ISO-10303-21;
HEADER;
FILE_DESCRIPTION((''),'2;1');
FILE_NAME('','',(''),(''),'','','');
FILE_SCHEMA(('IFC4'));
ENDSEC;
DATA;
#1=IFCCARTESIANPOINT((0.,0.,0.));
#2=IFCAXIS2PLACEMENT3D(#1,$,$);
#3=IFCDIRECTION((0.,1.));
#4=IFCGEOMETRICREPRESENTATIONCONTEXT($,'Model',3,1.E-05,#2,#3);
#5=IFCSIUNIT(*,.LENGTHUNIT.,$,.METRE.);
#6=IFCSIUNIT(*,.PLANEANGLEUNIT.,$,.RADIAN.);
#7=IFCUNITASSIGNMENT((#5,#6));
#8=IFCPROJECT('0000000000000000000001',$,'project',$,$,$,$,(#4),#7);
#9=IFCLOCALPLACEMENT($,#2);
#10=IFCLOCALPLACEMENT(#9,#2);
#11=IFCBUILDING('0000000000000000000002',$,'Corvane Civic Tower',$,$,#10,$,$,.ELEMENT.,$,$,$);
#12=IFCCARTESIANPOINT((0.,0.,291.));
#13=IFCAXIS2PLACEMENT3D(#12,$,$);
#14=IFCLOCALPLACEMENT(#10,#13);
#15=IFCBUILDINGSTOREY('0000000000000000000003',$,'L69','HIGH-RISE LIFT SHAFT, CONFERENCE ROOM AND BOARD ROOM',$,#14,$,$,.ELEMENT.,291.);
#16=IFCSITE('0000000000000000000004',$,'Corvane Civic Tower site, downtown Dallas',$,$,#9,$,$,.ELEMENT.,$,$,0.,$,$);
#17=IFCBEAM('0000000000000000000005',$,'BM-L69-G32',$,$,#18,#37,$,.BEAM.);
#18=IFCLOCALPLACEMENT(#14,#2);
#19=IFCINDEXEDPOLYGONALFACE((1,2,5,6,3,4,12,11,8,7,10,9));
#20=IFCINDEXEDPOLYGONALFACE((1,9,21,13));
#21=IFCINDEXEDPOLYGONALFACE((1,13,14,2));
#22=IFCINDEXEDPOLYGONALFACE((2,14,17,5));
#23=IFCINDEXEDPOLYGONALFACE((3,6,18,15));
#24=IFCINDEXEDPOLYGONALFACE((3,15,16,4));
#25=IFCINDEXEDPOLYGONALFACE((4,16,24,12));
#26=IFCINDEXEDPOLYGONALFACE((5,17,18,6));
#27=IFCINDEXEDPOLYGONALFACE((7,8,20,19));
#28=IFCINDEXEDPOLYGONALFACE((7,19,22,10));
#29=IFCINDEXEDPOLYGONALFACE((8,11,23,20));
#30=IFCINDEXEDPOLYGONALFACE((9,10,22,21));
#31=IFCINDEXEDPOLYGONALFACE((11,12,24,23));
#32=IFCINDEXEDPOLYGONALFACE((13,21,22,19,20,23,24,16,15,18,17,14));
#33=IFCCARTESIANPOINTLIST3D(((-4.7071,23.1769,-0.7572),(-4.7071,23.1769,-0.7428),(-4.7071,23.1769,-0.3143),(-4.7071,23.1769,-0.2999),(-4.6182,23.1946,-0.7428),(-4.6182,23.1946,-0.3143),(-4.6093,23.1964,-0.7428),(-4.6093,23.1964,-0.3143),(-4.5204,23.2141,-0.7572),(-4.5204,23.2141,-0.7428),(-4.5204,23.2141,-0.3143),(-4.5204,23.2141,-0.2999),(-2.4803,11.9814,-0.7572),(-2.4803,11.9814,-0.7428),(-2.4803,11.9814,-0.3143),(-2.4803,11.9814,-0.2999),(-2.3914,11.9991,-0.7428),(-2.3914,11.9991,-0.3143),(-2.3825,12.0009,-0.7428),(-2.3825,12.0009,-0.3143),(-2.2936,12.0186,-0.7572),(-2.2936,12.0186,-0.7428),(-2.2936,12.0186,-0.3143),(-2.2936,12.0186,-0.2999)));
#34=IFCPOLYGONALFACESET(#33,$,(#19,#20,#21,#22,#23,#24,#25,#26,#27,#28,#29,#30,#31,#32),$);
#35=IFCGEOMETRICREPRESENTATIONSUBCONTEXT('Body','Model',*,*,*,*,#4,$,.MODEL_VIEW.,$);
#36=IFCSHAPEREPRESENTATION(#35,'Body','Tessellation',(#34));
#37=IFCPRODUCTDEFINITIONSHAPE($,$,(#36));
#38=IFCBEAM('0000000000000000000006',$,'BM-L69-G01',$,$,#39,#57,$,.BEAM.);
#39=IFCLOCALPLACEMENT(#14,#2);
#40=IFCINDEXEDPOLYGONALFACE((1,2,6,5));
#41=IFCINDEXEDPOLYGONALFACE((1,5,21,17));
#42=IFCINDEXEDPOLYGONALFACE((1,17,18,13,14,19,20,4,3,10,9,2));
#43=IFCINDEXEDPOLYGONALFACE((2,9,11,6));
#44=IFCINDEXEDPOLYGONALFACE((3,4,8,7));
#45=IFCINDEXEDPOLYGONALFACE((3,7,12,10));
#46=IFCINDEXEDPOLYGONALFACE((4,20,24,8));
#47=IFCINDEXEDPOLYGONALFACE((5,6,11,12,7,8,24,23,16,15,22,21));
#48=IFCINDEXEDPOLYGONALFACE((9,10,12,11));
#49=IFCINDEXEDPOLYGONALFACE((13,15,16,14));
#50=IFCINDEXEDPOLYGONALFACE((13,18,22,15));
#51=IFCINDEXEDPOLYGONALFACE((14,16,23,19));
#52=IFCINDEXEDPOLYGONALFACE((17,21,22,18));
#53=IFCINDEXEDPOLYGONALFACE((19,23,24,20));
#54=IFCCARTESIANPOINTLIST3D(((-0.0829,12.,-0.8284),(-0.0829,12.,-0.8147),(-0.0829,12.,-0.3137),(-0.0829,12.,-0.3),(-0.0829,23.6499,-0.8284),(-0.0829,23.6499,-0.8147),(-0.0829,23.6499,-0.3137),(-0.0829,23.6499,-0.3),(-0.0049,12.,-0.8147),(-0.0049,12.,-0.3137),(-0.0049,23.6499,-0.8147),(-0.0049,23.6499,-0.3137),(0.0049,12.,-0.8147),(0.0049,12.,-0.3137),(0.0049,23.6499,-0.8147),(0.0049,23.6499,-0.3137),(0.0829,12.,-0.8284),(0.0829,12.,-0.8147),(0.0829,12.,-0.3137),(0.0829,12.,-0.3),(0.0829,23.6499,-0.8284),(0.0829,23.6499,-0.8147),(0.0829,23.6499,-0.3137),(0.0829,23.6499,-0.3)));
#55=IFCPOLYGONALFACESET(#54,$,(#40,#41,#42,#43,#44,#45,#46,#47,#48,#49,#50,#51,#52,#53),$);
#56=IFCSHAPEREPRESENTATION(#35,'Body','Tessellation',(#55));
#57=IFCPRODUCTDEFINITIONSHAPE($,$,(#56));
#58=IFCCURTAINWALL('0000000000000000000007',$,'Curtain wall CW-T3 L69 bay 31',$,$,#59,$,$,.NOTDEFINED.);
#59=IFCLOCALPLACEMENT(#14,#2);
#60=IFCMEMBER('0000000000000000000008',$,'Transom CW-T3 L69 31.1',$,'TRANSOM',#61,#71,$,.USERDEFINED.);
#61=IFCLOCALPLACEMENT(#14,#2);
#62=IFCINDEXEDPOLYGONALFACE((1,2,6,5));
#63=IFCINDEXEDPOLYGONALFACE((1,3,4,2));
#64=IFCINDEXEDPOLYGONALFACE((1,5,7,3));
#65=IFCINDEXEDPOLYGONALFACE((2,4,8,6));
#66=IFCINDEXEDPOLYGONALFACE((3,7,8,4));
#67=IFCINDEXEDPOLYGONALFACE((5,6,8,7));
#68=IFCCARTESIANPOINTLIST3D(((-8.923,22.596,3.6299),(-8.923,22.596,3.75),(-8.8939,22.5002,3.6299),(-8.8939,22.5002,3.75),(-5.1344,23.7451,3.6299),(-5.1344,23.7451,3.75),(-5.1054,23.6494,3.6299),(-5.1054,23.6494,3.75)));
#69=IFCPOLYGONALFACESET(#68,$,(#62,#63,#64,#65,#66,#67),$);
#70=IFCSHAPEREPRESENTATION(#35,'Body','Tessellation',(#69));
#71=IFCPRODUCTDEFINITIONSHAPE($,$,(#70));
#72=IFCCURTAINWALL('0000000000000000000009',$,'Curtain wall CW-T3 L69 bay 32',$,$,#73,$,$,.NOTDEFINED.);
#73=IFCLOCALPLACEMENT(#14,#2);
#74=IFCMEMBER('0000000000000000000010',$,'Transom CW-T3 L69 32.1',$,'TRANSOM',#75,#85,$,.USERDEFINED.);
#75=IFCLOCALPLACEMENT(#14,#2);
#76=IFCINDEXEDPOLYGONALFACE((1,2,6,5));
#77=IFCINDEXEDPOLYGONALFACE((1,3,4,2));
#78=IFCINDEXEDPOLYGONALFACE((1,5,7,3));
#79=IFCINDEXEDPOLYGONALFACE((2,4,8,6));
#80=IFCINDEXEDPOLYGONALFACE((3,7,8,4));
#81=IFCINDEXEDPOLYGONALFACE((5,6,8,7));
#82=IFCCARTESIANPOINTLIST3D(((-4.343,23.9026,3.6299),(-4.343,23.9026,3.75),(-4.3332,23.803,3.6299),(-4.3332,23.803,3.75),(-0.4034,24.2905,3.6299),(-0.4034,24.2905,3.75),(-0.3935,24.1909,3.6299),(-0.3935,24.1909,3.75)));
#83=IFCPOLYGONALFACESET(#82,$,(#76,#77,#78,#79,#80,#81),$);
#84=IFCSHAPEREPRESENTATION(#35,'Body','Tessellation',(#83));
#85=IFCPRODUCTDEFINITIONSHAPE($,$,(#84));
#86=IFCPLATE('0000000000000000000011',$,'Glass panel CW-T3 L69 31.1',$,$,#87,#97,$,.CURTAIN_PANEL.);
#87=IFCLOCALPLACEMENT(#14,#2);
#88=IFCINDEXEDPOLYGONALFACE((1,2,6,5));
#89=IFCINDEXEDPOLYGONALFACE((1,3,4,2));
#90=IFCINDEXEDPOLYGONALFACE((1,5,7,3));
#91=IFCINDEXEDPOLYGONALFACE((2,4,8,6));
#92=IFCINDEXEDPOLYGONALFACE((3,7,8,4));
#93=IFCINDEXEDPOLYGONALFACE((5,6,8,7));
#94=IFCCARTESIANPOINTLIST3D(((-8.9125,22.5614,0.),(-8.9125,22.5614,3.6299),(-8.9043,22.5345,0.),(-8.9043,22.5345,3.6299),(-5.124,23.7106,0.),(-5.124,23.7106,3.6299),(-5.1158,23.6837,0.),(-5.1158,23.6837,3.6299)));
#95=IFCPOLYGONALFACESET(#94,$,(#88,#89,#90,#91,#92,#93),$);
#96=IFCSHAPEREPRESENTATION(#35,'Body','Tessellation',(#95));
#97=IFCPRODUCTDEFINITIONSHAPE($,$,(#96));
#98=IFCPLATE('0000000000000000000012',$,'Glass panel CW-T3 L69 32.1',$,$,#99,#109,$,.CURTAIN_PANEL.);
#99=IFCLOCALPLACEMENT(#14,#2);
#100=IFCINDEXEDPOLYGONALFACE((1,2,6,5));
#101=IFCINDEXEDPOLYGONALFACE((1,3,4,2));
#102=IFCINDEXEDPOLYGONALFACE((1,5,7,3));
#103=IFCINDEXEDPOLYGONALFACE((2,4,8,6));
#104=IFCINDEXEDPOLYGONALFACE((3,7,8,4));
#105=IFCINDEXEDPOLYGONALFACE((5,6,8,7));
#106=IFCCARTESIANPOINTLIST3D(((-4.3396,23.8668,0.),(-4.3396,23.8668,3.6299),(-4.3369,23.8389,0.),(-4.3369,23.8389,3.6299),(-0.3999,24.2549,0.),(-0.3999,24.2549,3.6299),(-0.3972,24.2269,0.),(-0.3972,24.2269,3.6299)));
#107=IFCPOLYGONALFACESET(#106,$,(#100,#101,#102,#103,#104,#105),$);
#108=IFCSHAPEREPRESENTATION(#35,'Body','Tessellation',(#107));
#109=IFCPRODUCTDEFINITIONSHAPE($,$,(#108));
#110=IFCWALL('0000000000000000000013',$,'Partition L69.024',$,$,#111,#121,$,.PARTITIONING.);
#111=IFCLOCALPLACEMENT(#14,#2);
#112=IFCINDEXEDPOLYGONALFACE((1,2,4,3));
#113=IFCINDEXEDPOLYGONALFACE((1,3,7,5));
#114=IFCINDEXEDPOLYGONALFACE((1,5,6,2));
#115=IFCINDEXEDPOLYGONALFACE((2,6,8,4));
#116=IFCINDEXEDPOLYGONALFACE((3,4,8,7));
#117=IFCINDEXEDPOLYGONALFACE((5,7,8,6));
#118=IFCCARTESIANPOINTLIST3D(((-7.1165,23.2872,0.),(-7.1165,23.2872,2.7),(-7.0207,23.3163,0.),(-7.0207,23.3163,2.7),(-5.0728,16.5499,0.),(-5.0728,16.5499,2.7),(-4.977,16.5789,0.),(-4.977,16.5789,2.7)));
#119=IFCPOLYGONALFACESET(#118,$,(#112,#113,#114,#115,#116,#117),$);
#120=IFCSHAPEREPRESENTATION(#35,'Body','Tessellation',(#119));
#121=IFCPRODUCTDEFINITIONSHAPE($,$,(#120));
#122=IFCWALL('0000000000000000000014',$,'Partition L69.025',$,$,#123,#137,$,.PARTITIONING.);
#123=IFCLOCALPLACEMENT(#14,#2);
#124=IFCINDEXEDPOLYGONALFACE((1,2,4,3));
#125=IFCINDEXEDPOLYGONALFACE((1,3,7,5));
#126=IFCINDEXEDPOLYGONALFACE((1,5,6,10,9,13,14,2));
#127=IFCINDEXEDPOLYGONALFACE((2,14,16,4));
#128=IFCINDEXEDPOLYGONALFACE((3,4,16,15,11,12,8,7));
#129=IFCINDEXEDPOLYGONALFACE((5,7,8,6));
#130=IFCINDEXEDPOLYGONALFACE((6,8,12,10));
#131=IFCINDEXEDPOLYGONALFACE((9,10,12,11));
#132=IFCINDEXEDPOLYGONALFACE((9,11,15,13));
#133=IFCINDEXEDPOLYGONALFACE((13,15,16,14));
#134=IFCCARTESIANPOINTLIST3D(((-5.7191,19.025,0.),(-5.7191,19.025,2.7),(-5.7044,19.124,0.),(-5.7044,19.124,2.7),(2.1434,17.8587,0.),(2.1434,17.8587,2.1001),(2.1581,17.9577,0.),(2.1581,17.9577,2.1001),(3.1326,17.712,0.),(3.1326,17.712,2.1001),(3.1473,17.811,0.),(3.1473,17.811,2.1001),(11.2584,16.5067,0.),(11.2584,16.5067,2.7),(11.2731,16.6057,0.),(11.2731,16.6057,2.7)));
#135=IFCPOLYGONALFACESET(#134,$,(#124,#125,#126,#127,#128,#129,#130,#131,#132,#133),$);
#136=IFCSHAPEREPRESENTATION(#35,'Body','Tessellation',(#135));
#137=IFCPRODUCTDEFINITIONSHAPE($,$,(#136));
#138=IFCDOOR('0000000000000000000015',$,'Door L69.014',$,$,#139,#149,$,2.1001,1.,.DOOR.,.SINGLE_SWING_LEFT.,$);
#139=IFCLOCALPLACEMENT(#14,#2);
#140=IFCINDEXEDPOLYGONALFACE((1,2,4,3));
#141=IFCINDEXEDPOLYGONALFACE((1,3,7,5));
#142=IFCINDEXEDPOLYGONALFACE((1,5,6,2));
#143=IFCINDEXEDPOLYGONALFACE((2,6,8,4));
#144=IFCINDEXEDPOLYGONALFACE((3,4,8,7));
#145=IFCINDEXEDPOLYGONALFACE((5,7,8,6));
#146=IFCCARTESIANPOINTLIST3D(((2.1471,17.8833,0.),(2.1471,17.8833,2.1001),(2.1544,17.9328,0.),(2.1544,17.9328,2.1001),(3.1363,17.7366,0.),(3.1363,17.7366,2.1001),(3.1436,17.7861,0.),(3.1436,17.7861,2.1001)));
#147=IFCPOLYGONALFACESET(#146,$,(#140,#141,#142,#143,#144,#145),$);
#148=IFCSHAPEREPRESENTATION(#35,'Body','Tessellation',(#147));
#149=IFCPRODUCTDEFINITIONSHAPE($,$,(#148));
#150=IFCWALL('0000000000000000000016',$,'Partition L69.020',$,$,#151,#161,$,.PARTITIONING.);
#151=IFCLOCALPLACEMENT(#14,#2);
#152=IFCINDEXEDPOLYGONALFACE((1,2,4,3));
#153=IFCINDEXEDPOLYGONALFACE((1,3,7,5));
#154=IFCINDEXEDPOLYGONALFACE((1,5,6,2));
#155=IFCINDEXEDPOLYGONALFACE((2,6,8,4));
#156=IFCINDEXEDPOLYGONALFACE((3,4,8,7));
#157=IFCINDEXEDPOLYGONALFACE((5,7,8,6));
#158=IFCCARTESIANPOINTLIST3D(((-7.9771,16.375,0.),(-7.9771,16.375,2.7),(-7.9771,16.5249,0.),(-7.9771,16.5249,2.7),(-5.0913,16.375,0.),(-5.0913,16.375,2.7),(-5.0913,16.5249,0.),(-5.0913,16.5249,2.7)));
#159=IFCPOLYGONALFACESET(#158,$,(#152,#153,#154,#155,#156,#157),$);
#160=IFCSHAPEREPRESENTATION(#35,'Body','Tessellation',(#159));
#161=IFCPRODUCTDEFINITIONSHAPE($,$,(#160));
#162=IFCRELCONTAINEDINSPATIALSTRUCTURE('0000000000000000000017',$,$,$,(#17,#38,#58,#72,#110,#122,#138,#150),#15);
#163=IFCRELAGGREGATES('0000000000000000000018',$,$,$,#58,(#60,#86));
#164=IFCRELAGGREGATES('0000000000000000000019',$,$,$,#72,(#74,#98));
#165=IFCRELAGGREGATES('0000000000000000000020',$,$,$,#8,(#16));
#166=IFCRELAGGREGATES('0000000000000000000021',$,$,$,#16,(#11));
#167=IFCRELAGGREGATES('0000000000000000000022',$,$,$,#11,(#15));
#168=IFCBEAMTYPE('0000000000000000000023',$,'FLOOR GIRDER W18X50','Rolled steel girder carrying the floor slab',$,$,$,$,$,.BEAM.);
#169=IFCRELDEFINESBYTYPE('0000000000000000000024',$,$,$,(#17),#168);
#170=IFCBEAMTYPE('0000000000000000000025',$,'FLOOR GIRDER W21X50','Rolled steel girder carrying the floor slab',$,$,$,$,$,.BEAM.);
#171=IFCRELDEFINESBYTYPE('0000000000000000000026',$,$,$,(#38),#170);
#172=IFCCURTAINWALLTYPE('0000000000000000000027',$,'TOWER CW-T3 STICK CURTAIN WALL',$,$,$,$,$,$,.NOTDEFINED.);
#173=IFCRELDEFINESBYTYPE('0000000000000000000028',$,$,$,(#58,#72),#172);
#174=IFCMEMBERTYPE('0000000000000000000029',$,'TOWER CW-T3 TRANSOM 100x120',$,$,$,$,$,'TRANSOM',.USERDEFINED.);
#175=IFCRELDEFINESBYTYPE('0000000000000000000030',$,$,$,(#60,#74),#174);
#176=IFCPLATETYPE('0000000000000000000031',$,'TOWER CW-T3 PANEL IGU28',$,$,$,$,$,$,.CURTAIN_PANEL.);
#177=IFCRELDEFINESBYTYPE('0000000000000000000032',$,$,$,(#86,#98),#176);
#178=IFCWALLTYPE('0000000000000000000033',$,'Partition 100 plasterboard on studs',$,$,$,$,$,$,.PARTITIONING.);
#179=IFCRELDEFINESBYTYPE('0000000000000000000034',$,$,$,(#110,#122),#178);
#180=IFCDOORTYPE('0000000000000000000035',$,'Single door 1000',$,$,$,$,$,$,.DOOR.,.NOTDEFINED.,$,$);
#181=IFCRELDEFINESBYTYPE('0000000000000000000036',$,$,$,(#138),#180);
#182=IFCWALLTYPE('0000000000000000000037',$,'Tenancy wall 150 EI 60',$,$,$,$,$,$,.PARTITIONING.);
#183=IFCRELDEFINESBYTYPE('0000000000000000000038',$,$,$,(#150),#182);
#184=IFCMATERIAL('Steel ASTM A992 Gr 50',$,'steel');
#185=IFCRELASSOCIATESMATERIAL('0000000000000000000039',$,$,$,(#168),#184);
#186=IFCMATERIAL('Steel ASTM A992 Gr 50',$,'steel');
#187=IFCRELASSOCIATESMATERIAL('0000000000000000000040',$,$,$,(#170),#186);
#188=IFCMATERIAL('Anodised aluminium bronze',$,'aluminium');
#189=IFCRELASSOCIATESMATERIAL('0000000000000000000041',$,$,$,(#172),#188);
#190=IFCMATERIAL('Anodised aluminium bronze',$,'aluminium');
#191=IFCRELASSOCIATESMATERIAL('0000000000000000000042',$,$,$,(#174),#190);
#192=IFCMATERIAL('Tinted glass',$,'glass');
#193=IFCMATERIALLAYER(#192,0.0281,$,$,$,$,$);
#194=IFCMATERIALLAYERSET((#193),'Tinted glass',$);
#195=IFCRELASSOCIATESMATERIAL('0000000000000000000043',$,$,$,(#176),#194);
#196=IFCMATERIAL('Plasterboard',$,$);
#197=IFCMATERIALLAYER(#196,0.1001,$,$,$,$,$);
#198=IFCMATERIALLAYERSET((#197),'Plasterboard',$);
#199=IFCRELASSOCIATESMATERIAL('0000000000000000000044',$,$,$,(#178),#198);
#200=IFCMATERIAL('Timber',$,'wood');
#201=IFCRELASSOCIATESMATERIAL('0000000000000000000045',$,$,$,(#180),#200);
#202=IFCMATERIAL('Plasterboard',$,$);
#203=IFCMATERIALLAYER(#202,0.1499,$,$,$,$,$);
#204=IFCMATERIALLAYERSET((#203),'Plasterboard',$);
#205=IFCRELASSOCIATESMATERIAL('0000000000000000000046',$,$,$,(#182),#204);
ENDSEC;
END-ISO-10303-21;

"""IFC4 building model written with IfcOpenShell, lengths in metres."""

from ifc_helpers import new_model, si_unit, direction, frame, frame_2d, origin, origin_2d, place, context, subcontext, project, spatial, rectangle, i_section, extrude, material, layer, layer_set, material_profile, profile_set, type_object, element, fill, aggregate, save


model = new_model("IFC4")

# Units and contexts
model_context = context("Model", 3, precision=1e-05, world=origin(), true_north=direction((0.0, 1.0)))
body_context = subcontext(model_context, "Body", "Model", "MODEL_VIEW")
ifc_project = project(units=[si_unit("LENGTHUNIT", "METRE"), si_unit("PLANEANGLEUNIT", "RADIAN")], contexts=[model_context])

# Site, building, storey
site_placement = place(None, origin())
site = spatial("IfcSite", under=ifc_project, at=site_placement, Name="Corvane Civic Tower site, downtown Dallas", CompositionType="ELEMENT", RefElevation=0.0)
building_placement = place(site_placement, origin())
building = spatial("IfcBuilding", under=site, at=building_placement, Name="Corvane Civic Tower", CompositionType="ELEMENT")
storey_placement = place(building_placement, frame((0.0, 0.0, 291.0)))
storey = spatial("IfcBuildingStorey", under=building, at=storey_placement, Name="L69", Description="HIGH-RISE LIFT SHAFT, CONFERENCE ROOM AND BOARD ROOM", CompositionType="ELEMENT", Elevation=291.0)

# Beams
ifc_material_1 = material(Name="Steel ASTM A992 Gr 50", Category="steel")
ifc_material_profile_1 = material_profile(ifc_material_1, i_section(OverallWidth=0.1904, OverallDepth=0.4573, WebThickness=0.009, FlangeThickness=0.0144, at=origin_2d()), Name="W18X50")
ifc_profile_set_1 = profile_set([ifc_material_profile_1], Name="Steel ASTM A992 Gr 50")
beam_type_1 = type_object("IfcBeamType", Name="FLOOR GIRDER W18X50", Description="Rolled steel girder carrying the floor slab", PredefinedType="BEAM", material=ifc_profile_set_1)
beam_1_placement = place(storey_placement, frame((-2.387, 12.0, -0.5286), z_axis=(-0.19508, 0.980787, 0.0), x_axis=(-0.980787, -0.19508, 0.0)))
element("IfcBeam", 1, at=beam_1_placement, inside=storey, type_object=beam_type_1, Name="BM-L69-G32", PredefinedType="BEAM", context=body_context, shape_type="SweptSolid", body=[
    extrude(i_section(OverallWidth=0.1904, OverallDepth=0.4573, WebThickness=0.009, FlangeThickness=0.0144, at=origin_2d()), origin(), (0.0, 0.0, 1.0), 11.4148),
])
ifc_material_2 = material(Name="Steel ASTM A992 Gr 50", Category="steel")
ifc_material_profile_2 = material_profile(ifc_material_2, i_section(OverallWidth=0.1658, OverallDepth=0.5283, WebThickness=0.0098, FlangeThickness=0.0137, at=origin_2d()), Name="W21X50")
ifc_profile_set_2 = profile_set([ifc_material_profile_2], Name="Steel ASTM A992 Gr 50")
beam_type_2 = type_object("IfcBeamType", Name="FLOOR GIRDER W21X50", Description="Rolled steel girder carrying the floor slab", PredefinedType="BEAM", material=ifc_profile_set_2)
beam_2_placement = place(storey_placement, frame((0.0, 12.0, -0.5642), z_axis=(0.0, 1.0, 0.0), x_axis=(-1.0, 0.0, 0.0)))
element("IfcBeam", 2, at=beam_2_placement, inside=storey, type_object=beam_type_2, Name="BM-L69-G01", PredefinedType="BEAM", context=body_context, shape_type="SweptSolid", body=[
    extrude(i_section(OverallWidth=0.1658, OverallDepth=0.5283, WebThickness=0.0098, FlangeThickness=0.0137, at=origin_2d()), origin(), (0.0, 0.0, 1.0), 11.6499),
])

# Curtain walls, members
ifc_material_3 = material(Name="Anodised aluminium bronze", Category="aluminium")
curtain_wall_type = type_object("IfcCurtainWallType", Name="TOWER CW-T3 STICK CURTAIN WALL", PredefinedType="NOTDEFINED", material=ifc_material_3)
curtain_wall_1_placement = place(storey_placement, origin())
curtain_wall_1 = element("IfcCurtainWall", 3, at=curtain_wall_1_placement, inside=storey, type_object=curtain_wall_type, Name="Curtain wall CW-T3 L69 bay 31", PredefinedType="NOTDEFINED")
ifc_material_4 = material(Name="Anodised aluminium bronze", Category="aluminium")
ifc_material_profile_3 = material_profile(ifc_material_4, rectangle(XDim=0.1001, YDim=0.1201, at=origin_2d()), Name="TOWER CW-T3 TRANSOM 100x120")
ifc_profile_set_3 = profile_set([ifc_material_profile_3], Name="Anodised aluminium bronze")
member_type = type_object("IfcMemberType", Name="TOWER CW-T3 TRANSOM 100x120", ElementType="TRANSOM", PredefinedType="USERDEFINED", material=ifc_profile_set_3)
member_1_placement = place(storey_placement, frame((-8.9084, 22.5481, 3.6899), z_axis=(0.956946, 0.290266, 0.0), x_axis=(-0.290266, 0.956946, 0.0)))
member_1 = element("IfcMember", 4, at=member_1_placement, type_object=member_type, Name="Transom CW-T3 L69 31.1", ObjectType="TRANSOM", PredefinedType="USERDEFINED", context=body_context, shape_type="SweptSolid", body=[
    extrude(rectangle(XDim=0.1001, YDim=0.1201, at=origin_2d()), origin(), (0.0, 0.0, 1.0), 3.959),
])
curtain_wall_2_placement = place(storey_placement, origin())
curtain_wall_2 = element("IfcCurtainWall", 5, at=curtain_wall_2_placement, inside=storey, type_object=curtain_wall_type, Name="Curtain wall CW-T3 L69 bay 32", PredefinedType="NOTDEFINED")
member_2_placement = place(storey_placement, frame((-4.3381, 23.8528, 3.6899), z_axis=(0.995187, 0.097995, 0.0), x_axis=(-0.097995, 0.995187, 0.0)))
member_2 = element("IfcMember", 6, at=member_2_placement, type_object=member_type, Name="Transom CW-T3 L69 32.1", ObjectType="TRANSOM", PredefinedType="USERDEFINED", context=body_context, shape_type="SweptSolid", body=[
    extrude(rectangle(XDim=0.1001, YDim=0.1201, at=origin_2d()), origin(), (0.0, 0.0, 1.0), 3.9587),
])

# Plates
ifc_material_5 = material(Name="Tinted glass", Category="glass")
ifc_layer_1 = layer(ifc_material_5, 0.0281)
ifc_layer_set_1 = layer_set([ifc_layer_1], Name="Tinted glass")
plate_type = type_object("IfcPlateType", Name="TOWER CW-T3 PANEL IGU28", PredefinedType="CURTAIN_PANEL", material=ifc_layer_set_1)
plate_1_placement = place(storey_placement, frame((-7.0142, 23.1226, 0.0), z_axis=(0.0, 0.0, 1.0), x_axis=(0.956944, 0.290274, 0.0)))
plate_1 = element("IfcPlate", 7, at=plate_1_placement, type_object=plate_type, Name="Glass panel CW-T3 L69 31.1", PredefinedType="CURTAIN_PANEL", context=body_context, shape_type="SweptSolid", body=[
    extrude(rectangle(XDim=3.959, YDim=0.0281, at=origin_2d()), origin(), (0.0, 0.0, 1.0), 3.6299),
])
aggregate(curtain_wall_1, [member_1, plate_1])
plate_2_placement = place(storey_placement, frame((-2.3684, 24.0469, 0.0), z_axis=(0.0, 0.0, 1.0), x_axis=(0.995184, 0.098021, 0.0)))
plate_2 = element("IfcPlate", 8, at=plate_2_placement, type_object=plate_type, Name="Glass panel CW-T3 L69 32.1", PredefinedType="CURTAIN_PANEL", context=body_context, shape_type="SweptSolid", body=[
    extrude(rectangle(XDim=3.9587, YDim=0.0281, at=origin_2d()), origin(), (0.0, 0.0, 1.0), 3.6299),
])
aggregate(curtain_wall_2, [member_2, plate_2])

# Wall
ifc_material_6 = material(Name="Plasterboard")
ifc_layer_2 = layer(ifc_material_6, 0.1001)
ifc_layer_set_2 = layer_set([ifc_layer_2], Name="Plasterboard")
wall_type_1 = type_object("IfcWallType", Name="Partition 100 plasterboard on studs", PredefinedType="PARTITIONING", material=ifc_layer_set_2)
wall_1_placement = place(storey_placement, frame((-7.0686, 23.3018, 0.0), z_axis=(0.0, 0.0, 1.0), x_axis=(0.29028, -0.956942, 0.0)))
element("IfcWall", 9, at=wall_1_placement, inside=storey, type_object=wall_type_1, Name="Partition L69.024", PredefinedType="PARTITIONING", context=body_context, shape_type="SweptSolid", body=[
    extrude(rectangle(XDim=7.0405, YDim=0.1001, at=frame_2d((3.5203, 0.0))), origin(), (0.0, 0.0, 1.0), 2.7),
])

# Wall, opening, door
wall_2_placement = place(storey_placement, frame((-5.7117, 19.0745, 0.0), z_axis=(0.0, 0.0, 1.0), x_axis=(0.989177, -0.146727, 0.0)))
wall_2 = element("IfcWall", 10, at=wall_2_placement, inside=storey, type_object=wall_type_1, Name="Partition L69.025", PredefinedType="PARTITIONING", context=body_context, shape_type="SweptSolid", body=[
    extrude(rectangle(XDim=17.1633, YDim=0.1001, at=frame_2d((8.5815, 0.0))), origin(), (0.0, 0.0, 1.0), 2.7),
])
opening_1_placement = place(wall_2_placement, frame((7.9485, 0.0, 0.0)))
opening_1 = element("IfcOpeningElement", 11, at=opening_1_placement, cuts=wall_2, PredefinedType="OPENING", context=body_context, shape_type="SweptSolid", body=[
    extrude(rectangle(XDim=1.0, YDim=2.1001, at=frame_2d((0.5, 1.05))), frame((0.0, 0.0601, 0.0), z_axis=(0.0, -1.0, 0.0), x_axis=(1.0, 0.0, 0.0)), (0.0, 0.0, 1.0), 0.1201),
])
ifc_material_7 = material(Name="Timber", Category="wood")
door_type_1 = type_object("IfcDoorType", Name="Single door 1000", OperationType="NOTDEFINED", PredefinedType="DOOR", material=ifc_material_7)
door_1_placement = place(opening_1_placement, origin())
door_1 = element("IfcDoor", 12, at=door_1_placement, inside=storey, type_object=door_type_1, Name="Door L69.014", OperationType="SINGLE_SWING_LEFT", OverallHeight=2.1001, OverallWidth=1.0, PredefinedType="DOOR", context=body_context, shape_type="SweptSolid", body=[
    extrude(rectangle(XDim=1.0, YDim=2.1001, at=frame_2d((0.5, 1.05))), frame((0.0, 0.0249, 0.0), z_axis=(0.0, -1.0, 0.0), x_axis=(1.0, 0.0, 0.0)), (0.0, 0.0, 1.0), 0.05),
])
fill(opening_1, door_1)

# Wall
ifc_material_8 = material(Name="Plasterboard")
ifc_layer_3 = layer(ifc_material_8, 0.1499)
ifc_layer_set_3 = layer_set([ifc_layer_3], Name="Plasterboard")
wall_type_2 = type_object("IfcWallType", Name="Tenancy wall 150 EI 60", PredefinedType="PARTITIONING", material=ifc_layer_set_3)
wall_3_placement = place(storey_placement, frame((-7.9771, 16.45, 0.0), z_axis=(0.0, 0.0, 1.0), x_axis=(1.0, 0.0, 0.0)))
element("IfcWall", 13, at=wall_3_placement, inside=storey, type_object=wall_type_2, Name="Partition L69.020", PredefinedType="PARTITIONING", context=body_context, shape_type="SweptSolid", body=[
    extrude(rectangle(XDim=2.8857, YDim=0.1499, at=frame_2d((1.4429, 0.0))), origin(), (0.0, 0.0, 1.0), 2.7),
])

save(model, "model.ifc")
